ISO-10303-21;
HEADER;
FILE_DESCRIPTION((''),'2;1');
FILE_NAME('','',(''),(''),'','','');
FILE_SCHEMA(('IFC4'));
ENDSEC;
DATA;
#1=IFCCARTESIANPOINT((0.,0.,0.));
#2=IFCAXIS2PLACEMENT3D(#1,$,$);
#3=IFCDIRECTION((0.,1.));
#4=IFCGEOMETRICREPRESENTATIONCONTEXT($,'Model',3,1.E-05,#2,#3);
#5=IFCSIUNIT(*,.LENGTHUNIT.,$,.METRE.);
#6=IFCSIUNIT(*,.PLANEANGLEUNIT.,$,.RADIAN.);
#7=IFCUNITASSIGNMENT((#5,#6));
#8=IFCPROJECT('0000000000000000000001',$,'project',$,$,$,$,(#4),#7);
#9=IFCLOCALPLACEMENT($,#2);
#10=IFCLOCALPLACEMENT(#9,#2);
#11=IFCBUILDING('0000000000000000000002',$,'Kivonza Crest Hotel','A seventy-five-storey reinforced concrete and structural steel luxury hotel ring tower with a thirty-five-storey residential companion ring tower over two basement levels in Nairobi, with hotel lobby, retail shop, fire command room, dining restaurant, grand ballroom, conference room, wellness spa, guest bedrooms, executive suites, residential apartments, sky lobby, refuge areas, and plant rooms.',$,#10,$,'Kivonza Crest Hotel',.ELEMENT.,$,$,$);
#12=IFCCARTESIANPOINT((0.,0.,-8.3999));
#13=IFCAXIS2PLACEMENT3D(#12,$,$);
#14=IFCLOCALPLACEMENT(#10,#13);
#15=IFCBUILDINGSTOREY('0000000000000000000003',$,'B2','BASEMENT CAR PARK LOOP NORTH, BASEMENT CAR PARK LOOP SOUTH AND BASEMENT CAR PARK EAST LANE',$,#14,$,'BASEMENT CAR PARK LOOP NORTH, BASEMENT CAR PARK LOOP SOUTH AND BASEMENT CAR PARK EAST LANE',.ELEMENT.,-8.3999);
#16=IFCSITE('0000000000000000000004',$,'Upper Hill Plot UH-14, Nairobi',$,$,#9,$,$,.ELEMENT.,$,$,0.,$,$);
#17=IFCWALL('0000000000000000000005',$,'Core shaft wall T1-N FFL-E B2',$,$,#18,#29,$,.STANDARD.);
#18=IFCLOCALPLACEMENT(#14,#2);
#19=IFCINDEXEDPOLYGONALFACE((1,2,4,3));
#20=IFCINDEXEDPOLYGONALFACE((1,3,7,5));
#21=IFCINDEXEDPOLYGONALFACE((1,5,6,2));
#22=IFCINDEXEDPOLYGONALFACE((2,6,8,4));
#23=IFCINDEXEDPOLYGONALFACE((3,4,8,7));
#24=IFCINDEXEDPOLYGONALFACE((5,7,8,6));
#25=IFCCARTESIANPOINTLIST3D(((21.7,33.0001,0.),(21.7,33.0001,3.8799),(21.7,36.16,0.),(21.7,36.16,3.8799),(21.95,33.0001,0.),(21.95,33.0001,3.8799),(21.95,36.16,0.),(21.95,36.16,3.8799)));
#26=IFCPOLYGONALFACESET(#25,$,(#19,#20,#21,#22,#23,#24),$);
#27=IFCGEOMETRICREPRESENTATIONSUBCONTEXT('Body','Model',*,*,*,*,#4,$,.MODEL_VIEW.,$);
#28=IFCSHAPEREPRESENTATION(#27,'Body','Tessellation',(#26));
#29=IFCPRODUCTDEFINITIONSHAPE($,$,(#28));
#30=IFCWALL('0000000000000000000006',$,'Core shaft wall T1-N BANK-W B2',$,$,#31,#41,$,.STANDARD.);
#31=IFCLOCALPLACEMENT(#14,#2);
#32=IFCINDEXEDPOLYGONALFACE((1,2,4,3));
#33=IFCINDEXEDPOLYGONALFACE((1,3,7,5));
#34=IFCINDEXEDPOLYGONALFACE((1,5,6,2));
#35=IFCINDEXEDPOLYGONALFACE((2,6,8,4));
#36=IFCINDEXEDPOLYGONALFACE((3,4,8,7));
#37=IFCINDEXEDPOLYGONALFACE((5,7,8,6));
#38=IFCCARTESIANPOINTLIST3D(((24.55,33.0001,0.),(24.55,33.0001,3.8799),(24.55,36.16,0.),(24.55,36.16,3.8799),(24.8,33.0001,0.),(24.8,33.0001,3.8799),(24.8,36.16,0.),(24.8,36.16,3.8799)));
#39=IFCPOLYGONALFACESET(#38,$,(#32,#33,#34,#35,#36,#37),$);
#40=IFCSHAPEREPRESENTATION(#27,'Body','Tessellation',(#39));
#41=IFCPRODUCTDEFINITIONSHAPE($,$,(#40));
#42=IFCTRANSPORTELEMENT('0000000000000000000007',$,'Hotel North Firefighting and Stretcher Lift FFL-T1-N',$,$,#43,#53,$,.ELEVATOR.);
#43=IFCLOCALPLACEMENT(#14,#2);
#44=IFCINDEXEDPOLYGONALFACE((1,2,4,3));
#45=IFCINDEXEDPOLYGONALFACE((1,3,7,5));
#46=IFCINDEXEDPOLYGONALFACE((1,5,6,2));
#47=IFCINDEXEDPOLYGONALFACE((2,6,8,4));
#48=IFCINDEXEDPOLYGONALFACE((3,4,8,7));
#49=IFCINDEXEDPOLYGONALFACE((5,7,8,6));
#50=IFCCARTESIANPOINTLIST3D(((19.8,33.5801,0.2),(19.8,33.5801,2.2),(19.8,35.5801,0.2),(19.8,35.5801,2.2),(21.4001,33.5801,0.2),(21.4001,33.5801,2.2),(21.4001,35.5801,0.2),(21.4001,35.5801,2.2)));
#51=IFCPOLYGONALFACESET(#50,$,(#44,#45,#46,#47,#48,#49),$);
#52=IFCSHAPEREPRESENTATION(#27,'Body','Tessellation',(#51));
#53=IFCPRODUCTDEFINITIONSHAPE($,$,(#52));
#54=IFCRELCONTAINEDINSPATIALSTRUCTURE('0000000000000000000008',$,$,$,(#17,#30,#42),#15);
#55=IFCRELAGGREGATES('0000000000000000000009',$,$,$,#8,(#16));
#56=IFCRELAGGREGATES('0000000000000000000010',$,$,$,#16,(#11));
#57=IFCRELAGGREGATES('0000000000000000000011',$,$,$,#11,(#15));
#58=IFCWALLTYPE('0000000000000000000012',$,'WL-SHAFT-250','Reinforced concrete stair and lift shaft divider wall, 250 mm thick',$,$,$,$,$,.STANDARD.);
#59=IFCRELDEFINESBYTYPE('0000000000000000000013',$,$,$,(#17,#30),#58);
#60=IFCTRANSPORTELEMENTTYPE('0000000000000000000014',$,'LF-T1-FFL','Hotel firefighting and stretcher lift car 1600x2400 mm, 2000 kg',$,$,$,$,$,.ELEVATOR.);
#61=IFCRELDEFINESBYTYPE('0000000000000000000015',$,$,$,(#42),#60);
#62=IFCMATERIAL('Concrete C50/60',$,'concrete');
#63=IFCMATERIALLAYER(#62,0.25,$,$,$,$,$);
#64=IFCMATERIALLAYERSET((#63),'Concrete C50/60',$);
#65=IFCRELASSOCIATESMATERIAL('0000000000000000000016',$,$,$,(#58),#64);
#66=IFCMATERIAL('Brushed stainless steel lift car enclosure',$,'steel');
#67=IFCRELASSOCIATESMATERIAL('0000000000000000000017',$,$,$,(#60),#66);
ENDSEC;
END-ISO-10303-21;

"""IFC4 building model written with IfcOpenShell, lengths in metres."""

from ifc_helpers import new_model, si_unit, direction, frame, frame_2d, origin, origin_2d, place, context, subcontext, project, spatial, rectangle, extrude, material, layer, layer_set, type_object, element, save


model = new_model("IFC4")

# Units and contexts
model_context = context("Model", 3, precision=1e-05, world=origin(), true_north=direction((0.0, 1.0)))
body_context = subcontext(model_context, "Body", "Model", "MODEL_VIEW")
ifc_project = project(units=[si_unit("LENGTHUNIT", "METRE"), si_unit("PLANEANGLEUNIT", "RADIAN")], contexts=[model_context])

# Site, building, storey
site_placement = place(None, origin())
site = spatial("IfcSite", under=ifc_project, at=site_placement, Name="Upper Hill Plot UH-14, Nairobi", CompositionType="ELEMENT", RefElevation=0.0)
building_placement = place(site_placement, origin())
building = spatial("IfcBuilding", under=site, at=building_placement, Name="Kivonza Crest Hotel", Description="A seventy-five-storey reinforced concrete and structural steel luxury hotel ring tower with a thirty-five-storey residential companion ring tower over two basement levels in Nairobi, with hotel lobby, retail shop, fire command room, dining restaurant, grand ballroom, conference room, wellness spa, guest bedrooms, executive suites, residential apartments, sky lobby, refuge areas, and plant rooms.", LongName="Kivonza Crest Hotel", CompositionType="ELEMENT")
storey_placement = place(building_placement, frame((0.0, 0.0, -8.3999)))
storey = spatial("IfcBuildingStorey", under=building, at=storey_placement, Name="B2", Description="BASEMENT CAR PARK LOOP NORTH, BASEMENT CAR PARK LOOP SOUTH AND BASEMENT CAR PARK EAST LANE", LongName="BASEMENT CAR PARK LOOP NORTH, BASEMENT CAR PARK LOOP SOUTH AND BASEMENT CAR PARK EAST LANE", CompositionType="ELEMENT", Elevation=-8.3999)

# Walls
ifc_material_1 = material(Name="Concrete C50/60", Category="concrete")
ifc_layer_1 = layer(ifc_material_1, 0.25)
ifc_layer_set_1 = layer_set([ifc_layer_1], Name="Concrete C50/60")
wall_type_1 = type_object("IfcWallType", Name="WL-SHAFT-250", Description="Reinforced concrete stair and lift shaft divider wall, 250 mm thick", PredefinedType="STANDARD", material=ifc_layer_set_1)
for number, where, z_axis, x_axis, name in (
    (1, (21.825, 33.0, 0.0), (0.0, 0.0, 1.0), (0.0, 1.0, 0.0), "Core shaft wall T1-N FFL-E B2"),
    (2, (24.675, 33.0, 0.0), (0.0, 0.0, 1.0), (0.0, 1.0, 0.0), "Core shaft wall T1-N BANK-W B2"),
):
    element("IfcWall", number, at=place(storey_placement, frame(where, z_axis=z_axis, x_axis=x_axis)), inside=storey, type_object=wall_type_1, Name=name, PredefinedType="STANDARD", context=body_context, shape_type="SweptSolid", body=[
        extrude(rectangle(XDim=3.1599, YDim=0.25, at=frame_2d((1.5801, 0.0))), origin(), (0.0, 0.0, 1.0), 3.8799),
    ])

# Transport element
ifc_material_2 = material(Name="Brushed stainless steel lift car enclosure", Category="steel")
transport_element_type = type_object("IfcTransportElementType", Name="LF-T1-FFL", Description="Hotel firefighting and stretcher lift car 1600x2400 mm, 2000 kg", PredefinedType="ELEVATOR", material=ifc_material_2)
transport_element_placement = place(storey_placement, frame((20.6001, 34.5801, 0.2), z_axis=(0.0, 0.0, 1.0), x_axis=(1.0, 0.0, 0.0)))
element("IfcTransportElement", 3, at=transport_element_placement, inside=storey, type_object=transport_element_type, Name="Hotel North Firefighting and Stretcher Lift FFL-T1-N", PredefinedType="ELEVATOR", context=body_context, shape_type="SweptSolid", body=[
    extrude(rectangle(XDim=1.6001, YDim=2.0, at=origin_2d()), origin(), (0.0, 0.0, 1.0), 2.0),
])

save(model, "model.ifc")
